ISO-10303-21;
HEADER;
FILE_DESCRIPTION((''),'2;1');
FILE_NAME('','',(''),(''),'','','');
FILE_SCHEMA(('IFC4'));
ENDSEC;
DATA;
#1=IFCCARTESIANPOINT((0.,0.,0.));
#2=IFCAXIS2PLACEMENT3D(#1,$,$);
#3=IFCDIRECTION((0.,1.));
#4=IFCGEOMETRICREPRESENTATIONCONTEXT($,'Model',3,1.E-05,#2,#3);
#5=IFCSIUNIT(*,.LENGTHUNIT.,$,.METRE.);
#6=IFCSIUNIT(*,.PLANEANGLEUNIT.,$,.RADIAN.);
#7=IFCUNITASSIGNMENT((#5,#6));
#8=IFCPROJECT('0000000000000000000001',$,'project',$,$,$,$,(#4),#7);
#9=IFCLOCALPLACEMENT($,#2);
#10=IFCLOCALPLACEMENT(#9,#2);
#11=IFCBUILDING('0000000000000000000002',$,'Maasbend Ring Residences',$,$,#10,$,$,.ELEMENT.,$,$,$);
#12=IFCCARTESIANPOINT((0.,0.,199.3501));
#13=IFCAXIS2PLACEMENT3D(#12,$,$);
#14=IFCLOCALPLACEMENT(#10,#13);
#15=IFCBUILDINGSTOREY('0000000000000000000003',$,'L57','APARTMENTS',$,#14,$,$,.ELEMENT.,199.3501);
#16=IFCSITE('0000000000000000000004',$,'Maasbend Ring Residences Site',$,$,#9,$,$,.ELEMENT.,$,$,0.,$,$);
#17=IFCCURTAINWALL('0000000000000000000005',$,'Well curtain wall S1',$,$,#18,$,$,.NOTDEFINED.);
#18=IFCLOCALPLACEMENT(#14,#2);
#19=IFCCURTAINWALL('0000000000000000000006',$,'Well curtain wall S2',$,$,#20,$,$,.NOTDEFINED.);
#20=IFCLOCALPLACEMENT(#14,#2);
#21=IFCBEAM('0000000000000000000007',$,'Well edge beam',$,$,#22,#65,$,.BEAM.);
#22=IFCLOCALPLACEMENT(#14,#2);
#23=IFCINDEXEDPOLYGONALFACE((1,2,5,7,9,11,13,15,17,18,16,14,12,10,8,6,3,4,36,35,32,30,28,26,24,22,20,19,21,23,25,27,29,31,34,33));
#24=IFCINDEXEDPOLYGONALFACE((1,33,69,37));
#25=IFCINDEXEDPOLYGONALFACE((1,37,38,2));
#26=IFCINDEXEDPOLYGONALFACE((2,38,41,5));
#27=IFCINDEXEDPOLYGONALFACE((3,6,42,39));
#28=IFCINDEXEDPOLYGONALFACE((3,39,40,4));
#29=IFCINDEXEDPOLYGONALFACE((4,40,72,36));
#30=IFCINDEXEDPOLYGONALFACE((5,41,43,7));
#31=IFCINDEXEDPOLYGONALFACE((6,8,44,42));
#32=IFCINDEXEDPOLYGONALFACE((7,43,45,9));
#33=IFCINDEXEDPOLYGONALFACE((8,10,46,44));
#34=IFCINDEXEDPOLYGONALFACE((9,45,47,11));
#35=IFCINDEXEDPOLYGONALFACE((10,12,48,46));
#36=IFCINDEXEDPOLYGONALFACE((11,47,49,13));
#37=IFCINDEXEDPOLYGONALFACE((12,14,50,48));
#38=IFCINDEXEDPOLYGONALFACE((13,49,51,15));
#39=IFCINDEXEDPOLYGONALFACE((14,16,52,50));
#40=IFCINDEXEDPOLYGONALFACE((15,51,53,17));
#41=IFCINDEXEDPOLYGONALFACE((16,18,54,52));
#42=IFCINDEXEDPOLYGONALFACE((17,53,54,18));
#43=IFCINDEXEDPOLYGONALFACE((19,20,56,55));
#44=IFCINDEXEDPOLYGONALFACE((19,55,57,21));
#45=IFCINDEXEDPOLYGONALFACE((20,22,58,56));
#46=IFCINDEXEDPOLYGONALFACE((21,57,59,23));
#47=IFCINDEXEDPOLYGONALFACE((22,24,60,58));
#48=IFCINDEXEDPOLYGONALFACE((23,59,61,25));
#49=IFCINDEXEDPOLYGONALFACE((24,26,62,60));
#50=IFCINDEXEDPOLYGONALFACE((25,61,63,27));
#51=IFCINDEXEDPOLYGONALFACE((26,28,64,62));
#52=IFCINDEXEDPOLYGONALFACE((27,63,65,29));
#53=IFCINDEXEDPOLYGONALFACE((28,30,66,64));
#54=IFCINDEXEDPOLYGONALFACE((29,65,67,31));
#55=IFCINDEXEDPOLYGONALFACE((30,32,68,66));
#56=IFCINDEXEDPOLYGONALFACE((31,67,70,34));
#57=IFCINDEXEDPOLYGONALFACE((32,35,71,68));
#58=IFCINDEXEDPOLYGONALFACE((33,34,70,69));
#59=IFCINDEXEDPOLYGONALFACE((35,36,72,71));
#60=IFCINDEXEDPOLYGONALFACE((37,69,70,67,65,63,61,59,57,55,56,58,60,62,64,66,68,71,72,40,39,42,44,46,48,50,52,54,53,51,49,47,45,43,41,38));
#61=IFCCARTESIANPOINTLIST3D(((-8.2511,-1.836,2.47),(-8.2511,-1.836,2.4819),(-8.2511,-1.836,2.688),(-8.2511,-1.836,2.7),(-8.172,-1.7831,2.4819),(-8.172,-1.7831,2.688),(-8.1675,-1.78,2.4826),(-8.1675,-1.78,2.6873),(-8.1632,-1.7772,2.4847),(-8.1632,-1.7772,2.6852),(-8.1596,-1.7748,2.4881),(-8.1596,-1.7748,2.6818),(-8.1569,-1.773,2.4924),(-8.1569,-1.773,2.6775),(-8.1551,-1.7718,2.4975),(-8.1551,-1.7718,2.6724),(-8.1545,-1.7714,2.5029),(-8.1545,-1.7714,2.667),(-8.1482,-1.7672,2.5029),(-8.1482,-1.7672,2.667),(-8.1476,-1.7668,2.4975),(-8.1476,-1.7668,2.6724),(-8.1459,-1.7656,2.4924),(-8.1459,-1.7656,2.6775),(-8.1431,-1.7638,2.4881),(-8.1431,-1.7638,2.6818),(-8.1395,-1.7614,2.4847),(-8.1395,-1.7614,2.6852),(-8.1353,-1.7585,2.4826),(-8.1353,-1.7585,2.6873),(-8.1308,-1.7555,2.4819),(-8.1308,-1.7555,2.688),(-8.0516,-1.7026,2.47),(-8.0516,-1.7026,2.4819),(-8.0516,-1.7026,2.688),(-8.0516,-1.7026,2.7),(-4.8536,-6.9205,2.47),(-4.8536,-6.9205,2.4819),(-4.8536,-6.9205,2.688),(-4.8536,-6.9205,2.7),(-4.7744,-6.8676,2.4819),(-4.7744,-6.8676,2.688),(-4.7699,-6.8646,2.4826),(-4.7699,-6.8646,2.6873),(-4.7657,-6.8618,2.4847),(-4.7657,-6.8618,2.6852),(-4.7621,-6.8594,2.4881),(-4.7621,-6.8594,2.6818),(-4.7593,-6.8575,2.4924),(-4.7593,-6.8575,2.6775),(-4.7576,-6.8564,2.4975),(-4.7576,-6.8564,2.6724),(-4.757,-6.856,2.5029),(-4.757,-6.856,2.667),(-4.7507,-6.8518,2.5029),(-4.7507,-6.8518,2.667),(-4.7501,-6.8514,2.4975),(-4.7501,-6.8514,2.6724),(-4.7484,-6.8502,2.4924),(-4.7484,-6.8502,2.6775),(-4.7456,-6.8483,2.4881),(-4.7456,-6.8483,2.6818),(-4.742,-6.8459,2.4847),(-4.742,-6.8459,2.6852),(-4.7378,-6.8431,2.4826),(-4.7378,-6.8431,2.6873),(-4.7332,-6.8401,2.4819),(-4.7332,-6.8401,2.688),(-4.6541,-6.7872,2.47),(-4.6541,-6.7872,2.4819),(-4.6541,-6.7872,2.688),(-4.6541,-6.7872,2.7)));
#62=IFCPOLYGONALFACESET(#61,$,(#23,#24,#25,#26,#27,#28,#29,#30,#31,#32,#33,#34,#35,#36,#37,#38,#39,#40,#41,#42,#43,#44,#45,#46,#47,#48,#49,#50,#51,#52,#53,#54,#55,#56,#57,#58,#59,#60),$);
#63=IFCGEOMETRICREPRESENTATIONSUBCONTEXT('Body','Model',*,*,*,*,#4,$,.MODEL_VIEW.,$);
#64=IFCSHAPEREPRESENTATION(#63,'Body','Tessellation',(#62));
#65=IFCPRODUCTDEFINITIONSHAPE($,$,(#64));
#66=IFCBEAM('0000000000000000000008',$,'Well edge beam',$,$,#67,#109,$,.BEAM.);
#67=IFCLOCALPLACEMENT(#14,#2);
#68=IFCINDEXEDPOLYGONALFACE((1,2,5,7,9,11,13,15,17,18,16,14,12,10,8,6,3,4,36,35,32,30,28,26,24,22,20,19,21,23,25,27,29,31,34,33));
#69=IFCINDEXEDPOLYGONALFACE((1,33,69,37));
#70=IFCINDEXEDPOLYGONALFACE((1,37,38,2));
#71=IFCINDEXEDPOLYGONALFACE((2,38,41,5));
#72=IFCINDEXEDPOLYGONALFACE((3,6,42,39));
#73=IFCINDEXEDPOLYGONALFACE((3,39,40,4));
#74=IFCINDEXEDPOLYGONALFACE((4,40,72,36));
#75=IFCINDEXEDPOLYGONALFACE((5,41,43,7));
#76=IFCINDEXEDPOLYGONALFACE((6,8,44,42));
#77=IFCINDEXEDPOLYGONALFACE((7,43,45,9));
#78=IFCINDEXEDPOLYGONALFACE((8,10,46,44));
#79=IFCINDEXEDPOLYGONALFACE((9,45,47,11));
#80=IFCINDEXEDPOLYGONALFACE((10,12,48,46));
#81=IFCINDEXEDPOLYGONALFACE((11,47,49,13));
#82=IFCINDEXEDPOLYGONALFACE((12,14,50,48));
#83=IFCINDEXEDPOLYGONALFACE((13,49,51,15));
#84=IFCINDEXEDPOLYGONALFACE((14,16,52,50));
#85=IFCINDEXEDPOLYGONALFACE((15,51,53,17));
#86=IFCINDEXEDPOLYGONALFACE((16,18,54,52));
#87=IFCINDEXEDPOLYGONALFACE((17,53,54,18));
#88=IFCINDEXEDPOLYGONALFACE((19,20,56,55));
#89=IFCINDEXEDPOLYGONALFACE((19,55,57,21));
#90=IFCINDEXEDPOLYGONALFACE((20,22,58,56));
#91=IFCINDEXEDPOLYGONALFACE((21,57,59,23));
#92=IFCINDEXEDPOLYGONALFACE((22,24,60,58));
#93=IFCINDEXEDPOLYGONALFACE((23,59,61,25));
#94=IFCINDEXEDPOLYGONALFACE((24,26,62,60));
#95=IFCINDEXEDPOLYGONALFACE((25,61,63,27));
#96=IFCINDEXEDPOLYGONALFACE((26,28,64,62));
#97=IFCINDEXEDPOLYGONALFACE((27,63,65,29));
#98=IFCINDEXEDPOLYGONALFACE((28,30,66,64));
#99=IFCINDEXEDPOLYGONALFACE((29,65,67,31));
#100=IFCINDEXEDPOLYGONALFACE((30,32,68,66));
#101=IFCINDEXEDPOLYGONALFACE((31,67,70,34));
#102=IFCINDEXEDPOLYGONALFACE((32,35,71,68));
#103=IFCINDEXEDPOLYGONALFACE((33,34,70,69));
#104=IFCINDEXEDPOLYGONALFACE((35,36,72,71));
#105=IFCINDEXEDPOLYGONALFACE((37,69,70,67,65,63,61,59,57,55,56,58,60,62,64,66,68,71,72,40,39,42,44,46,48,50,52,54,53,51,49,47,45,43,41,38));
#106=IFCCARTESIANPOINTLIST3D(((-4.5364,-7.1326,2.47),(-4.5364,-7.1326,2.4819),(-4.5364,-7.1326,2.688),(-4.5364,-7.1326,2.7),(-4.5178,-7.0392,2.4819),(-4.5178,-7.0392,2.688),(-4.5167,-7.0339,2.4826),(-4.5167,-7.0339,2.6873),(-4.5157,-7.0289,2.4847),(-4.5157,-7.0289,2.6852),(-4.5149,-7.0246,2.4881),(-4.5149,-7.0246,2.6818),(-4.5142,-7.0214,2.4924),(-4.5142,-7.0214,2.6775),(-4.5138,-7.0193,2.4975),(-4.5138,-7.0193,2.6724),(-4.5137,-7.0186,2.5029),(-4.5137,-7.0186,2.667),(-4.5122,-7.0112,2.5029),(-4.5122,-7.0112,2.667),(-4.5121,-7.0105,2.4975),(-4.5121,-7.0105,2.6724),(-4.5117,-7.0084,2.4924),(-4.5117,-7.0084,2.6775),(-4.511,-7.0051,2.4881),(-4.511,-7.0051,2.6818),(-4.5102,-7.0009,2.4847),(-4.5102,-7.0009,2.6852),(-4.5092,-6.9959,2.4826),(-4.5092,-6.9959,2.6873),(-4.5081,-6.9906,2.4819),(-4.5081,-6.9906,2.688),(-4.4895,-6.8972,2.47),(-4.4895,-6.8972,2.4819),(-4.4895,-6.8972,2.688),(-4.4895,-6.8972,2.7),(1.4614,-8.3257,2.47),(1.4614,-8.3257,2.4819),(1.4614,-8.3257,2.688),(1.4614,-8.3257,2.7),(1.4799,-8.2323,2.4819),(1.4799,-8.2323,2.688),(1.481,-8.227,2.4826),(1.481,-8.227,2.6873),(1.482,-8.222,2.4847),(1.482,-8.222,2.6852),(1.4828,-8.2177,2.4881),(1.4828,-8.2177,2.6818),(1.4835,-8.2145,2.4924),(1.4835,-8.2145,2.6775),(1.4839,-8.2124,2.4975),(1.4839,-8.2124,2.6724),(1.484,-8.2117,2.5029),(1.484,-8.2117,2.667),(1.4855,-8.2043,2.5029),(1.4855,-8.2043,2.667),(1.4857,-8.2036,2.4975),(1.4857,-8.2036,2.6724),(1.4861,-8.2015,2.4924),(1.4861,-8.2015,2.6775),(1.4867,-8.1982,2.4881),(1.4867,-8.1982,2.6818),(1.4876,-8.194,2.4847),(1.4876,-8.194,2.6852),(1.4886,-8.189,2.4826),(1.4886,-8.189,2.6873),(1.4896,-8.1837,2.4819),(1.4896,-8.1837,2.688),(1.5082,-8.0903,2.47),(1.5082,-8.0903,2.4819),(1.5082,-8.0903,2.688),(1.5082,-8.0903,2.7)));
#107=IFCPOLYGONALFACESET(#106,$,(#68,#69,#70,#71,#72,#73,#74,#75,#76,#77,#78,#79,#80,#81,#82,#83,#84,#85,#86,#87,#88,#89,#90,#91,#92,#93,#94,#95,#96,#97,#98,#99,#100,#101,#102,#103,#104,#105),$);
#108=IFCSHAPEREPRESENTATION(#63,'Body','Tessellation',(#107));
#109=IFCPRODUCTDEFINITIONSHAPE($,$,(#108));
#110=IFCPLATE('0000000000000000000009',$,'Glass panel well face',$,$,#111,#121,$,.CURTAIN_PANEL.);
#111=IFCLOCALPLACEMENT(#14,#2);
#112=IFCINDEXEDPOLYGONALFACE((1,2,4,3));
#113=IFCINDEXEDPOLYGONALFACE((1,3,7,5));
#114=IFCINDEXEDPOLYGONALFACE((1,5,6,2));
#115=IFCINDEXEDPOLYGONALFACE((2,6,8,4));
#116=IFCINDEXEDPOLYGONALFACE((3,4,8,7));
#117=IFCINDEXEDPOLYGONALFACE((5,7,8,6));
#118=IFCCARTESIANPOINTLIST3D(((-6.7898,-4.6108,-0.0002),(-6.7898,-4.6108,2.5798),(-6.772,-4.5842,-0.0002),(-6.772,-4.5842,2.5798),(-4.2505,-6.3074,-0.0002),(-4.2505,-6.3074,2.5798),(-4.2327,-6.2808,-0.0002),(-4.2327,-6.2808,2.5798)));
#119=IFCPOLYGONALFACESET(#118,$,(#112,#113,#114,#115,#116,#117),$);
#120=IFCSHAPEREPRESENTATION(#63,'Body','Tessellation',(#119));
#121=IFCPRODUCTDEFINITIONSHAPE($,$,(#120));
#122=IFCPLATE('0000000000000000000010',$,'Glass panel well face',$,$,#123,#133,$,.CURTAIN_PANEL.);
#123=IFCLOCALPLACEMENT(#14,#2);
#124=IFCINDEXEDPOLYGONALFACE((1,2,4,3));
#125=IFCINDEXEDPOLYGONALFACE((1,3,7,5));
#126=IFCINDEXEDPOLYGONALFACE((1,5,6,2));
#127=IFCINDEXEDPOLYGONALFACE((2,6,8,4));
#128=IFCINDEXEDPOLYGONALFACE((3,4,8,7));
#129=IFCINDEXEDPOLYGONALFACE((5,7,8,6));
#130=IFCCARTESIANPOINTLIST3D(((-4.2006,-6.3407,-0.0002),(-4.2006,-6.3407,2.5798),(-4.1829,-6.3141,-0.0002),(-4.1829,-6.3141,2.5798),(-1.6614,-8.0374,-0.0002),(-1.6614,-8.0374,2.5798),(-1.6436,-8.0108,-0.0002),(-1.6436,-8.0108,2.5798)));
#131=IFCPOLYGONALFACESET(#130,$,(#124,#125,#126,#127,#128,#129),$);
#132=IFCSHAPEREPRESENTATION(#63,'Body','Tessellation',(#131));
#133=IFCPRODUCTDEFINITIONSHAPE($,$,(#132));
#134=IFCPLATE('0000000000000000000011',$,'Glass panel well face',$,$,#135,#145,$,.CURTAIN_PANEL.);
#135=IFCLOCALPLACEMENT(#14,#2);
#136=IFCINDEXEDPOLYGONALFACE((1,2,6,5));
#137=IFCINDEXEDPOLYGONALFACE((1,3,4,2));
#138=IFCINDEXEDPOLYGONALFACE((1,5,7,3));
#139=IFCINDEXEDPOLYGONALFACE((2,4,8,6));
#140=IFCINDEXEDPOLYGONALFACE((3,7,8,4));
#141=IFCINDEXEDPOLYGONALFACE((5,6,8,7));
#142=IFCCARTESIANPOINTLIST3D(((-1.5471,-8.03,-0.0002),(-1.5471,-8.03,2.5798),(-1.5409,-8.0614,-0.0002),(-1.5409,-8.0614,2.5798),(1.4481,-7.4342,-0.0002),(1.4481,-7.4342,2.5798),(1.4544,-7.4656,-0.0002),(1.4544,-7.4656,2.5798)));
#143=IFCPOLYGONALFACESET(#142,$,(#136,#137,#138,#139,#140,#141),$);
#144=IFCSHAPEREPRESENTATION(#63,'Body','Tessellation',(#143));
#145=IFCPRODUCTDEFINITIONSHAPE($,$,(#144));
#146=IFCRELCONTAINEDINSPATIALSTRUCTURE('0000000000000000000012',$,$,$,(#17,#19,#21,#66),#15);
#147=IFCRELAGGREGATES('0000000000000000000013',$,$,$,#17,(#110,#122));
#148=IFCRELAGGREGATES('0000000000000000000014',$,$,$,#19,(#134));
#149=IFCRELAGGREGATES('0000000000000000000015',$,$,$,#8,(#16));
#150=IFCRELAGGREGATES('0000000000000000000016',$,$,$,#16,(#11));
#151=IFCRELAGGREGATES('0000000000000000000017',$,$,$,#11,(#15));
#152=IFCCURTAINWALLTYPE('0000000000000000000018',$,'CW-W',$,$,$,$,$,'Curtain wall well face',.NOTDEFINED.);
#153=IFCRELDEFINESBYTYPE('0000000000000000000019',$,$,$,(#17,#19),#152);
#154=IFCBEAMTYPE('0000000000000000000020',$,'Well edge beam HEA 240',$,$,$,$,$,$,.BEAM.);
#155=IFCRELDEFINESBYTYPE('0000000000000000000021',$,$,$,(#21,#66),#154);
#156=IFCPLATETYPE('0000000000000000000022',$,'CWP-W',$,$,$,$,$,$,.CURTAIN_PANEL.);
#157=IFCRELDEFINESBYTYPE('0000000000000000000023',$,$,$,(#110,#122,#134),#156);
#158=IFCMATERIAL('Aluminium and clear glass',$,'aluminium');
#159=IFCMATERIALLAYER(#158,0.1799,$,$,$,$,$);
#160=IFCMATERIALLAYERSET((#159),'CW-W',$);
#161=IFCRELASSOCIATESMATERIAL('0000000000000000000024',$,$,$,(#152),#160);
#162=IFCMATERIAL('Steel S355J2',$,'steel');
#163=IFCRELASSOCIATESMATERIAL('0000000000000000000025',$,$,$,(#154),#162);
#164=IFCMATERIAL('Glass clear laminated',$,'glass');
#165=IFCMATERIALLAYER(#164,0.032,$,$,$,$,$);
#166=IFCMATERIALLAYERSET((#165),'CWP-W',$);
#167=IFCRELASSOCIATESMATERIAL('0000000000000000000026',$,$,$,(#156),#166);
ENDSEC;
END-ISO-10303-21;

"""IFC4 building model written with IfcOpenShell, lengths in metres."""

from ifc_helpers import new_model, si_unit, direction, frame, origin, origin_2d, place, context, subcontext, project, spatial, rectangle, i_section, extrude, material, layer, layer_set, material_profile, profile_set, type_object, element, aggregate, save


model = new_model("IFC4")

# Units and contexts
model_context = context("Model", 3, precision=1e-05, world=origin(), true_north=direction((0.0, 1.0)))
body_context = subcontext(model_context, "Body", "Model", "MODEL_VIEW")
ifc_project = project(units=[si_unit("LENGTHUNIT", "METRE"), si_unit("PLANEANGLEUNIT", "RADIAN")], contexts=[model_context])

# Site, building, storey
site_placement = place(None, origin())
site = spatial("IfcSite", under=ifc_project, at=site_placement, Name="Maasbend Ring Residences Site", CompositionType="ELEMENT", RefElevation=0.0)
building_placement = place(site_placement, origin())
building = spatial("IfcBuilding", under=site, at=building_placement, Name="Maasbend Ring Residences", CompositionType="ELEMENT")
storey_placement = place(building_placement, frame((0.0, 0.0, 199.3501)))
storey = spatial("IfcBuildingStorey", under=building, at=storey_placement, Name="L57", Description="APARTMENTS", CompositionType="ELEMENT", Elevation=199.3501)

# Curtain wall
ifc_material_1 = material(Name="Aluminium and clear glass", Category="aluminium")
ifc_layer_1 = layer(ifc_material_1, 0.1799)
ifc_layer_set_1 = layer_set([ifc_layer_1], Name="CW-W")
curtain_wall_type = type_object("IfcCurtainWallType", Name="CW-W", ElementType="Curtain wall well face", PredefinedType="NOTDEFINED", material=ifc_layer_set_1)
curtain_wall_1_placement = place(storey_placement, origin())
curtain_wall_1 = element("IfcCurtainWall", 1, at=curtain_wall_1_placement, inside=storey, type_object=curtain_wall_type, Name="Well curtain wall S1", PredefinedType="NOTDEFINED")

# Curtain wall
curtain_wall_2_placement = place(storey_placement, origin())
curtain_wall_2 = element("IfcCurtainWall", 2, at=curtain_wall_2_placement, inside=storey, type_object=curtain_wall_type, Name="Well curtain wall S2", PredefinedType="NOTDEFINED")

# Beams
ifc_material_2 = material(Name="Steel S355J2", Category="steel")
ifc_material_profile_1 = material_profile(ifc_material_2, i_section(OverallWidth=0.24, OverallDepth=0.23, WebThickness=0.0076, FlangeThickness=0.012, FilletRadius=0.021, at=origin_2d()), Name="HEA 240")
ifc_profile_set_1 = profile_set([ifc_material_profile_1], Name="Steel S355J2")
beam_type = type_object("IfcBeamType", Name="Well edge beam HEA 240", PredefinedType="BEAM", material=ifc_profile_set_1)
for number, where, z_axis, x_axis, name in (
    (3, (-8.1514, -1.7693, 2.585), (0.555584, -0.83146, 0.0), (0.83146, 0.555584, 0.0), "Well edge beam"),
    (4, (-4.5129, -7.0149, 2.585), (0.980783, -0.195103, 0.0), (0.195103, 0.980783, 0.0), "Well edge beam"),
):
    element("IfcBeam", number, at=place(storey_placement, frame(where, z_axis=z_axis, x_axis=x_axis)), inside=storey, type_object=beam_type, Name=name, PredefinedType="BEAM", context=body_context, shape_type="SweptSolid", body=[
        extrude(i_section(OverallWidth=0.24, OverallDepth=0.23, WebThickness=0.0076, FlangeThickness=0.012, FilletRadius=0.021, at=origin_2d()), origin(), (0.0, 0.0, 1.0), 6.1152),
    ])

# Plates
ifc_material_3 = material(Name="Glass clear laminated", Category="glass")
ifc_layer_2 = layer(ifc_material_3, 0.032)
ifc_layer_set_2 = layer_set([ifc_layer_2], Name="CWP-W")
plate_type = type_object("IfcPlateType", Name="CWP-W", PredefinedType="CURTAIN_PANEL", material=ifc_layer_set_2)
plate_1_placement = place(storey_placement, frame((-5.5112, -5.4458, -0.0002), z_axis=(0.0, 0.0, 1.0), x_axis=(0.83147, -0.55557, 0.0)))
plate_1 = element("IfcPlate", 5, at=plate_1_placement, type_object=plate_type, Name="Glass panel well face", PredefinedType="CURTAIN_PANEL", context=body_context, shape_type="SweptSolid", body=[
    extrude(rectangle(XDim=3.054, YDim=0.032, at=origin_2d()), origin(), (0.0, 0.0, 1.0), 2.5801),
])
plate_2_placement = place(storey_placement, frame((-2.9221, -7.1758, -0.0002), z_axis=(0.0, 0.0, 1.0), x_axis=(0.83147, -0.55557, 0.0)))
plate_2 = element("IfcPlate", 6, at=plate_2_placement, type_object=plate_type, Name="Glass panel well face", PredefinedType="CURTAIN_PANEL", context=body_context, shape_type="SweptSolid", body=[
    extrude(rectangle(XDim=3.054, YDim=0.032, at=origin_2d()), origin(), (0.0, 0.0, 1.0), 2.5801),
])
aggregate(curtain_wall_1, [plate_1, plate_2])
plate_3_placement = place(storey_placement, frame((-0.0464, -7.7478, -0.0002), z_axis=(0.0, 0.0, 1.0), x_axis=(0.980785, 0.19509, 0.0)))
plate_3 = element("IfcPlate", 7, at=plate_3_placement, type_object=plate_type, Name="Glass panel well face", PredefinedType="CURTAIN_PANEL", context=body_context, shape_type="SweptSolid", body=[
    extrude(rectangle(XDim=3.054, YDim=0.032, at=origin_2d()), origin(), (0.0, 0.0, 1.0), 2.5801),
])
aggregate(curtain_wall_2, [plate_3])

save(model, "model.ifc")
